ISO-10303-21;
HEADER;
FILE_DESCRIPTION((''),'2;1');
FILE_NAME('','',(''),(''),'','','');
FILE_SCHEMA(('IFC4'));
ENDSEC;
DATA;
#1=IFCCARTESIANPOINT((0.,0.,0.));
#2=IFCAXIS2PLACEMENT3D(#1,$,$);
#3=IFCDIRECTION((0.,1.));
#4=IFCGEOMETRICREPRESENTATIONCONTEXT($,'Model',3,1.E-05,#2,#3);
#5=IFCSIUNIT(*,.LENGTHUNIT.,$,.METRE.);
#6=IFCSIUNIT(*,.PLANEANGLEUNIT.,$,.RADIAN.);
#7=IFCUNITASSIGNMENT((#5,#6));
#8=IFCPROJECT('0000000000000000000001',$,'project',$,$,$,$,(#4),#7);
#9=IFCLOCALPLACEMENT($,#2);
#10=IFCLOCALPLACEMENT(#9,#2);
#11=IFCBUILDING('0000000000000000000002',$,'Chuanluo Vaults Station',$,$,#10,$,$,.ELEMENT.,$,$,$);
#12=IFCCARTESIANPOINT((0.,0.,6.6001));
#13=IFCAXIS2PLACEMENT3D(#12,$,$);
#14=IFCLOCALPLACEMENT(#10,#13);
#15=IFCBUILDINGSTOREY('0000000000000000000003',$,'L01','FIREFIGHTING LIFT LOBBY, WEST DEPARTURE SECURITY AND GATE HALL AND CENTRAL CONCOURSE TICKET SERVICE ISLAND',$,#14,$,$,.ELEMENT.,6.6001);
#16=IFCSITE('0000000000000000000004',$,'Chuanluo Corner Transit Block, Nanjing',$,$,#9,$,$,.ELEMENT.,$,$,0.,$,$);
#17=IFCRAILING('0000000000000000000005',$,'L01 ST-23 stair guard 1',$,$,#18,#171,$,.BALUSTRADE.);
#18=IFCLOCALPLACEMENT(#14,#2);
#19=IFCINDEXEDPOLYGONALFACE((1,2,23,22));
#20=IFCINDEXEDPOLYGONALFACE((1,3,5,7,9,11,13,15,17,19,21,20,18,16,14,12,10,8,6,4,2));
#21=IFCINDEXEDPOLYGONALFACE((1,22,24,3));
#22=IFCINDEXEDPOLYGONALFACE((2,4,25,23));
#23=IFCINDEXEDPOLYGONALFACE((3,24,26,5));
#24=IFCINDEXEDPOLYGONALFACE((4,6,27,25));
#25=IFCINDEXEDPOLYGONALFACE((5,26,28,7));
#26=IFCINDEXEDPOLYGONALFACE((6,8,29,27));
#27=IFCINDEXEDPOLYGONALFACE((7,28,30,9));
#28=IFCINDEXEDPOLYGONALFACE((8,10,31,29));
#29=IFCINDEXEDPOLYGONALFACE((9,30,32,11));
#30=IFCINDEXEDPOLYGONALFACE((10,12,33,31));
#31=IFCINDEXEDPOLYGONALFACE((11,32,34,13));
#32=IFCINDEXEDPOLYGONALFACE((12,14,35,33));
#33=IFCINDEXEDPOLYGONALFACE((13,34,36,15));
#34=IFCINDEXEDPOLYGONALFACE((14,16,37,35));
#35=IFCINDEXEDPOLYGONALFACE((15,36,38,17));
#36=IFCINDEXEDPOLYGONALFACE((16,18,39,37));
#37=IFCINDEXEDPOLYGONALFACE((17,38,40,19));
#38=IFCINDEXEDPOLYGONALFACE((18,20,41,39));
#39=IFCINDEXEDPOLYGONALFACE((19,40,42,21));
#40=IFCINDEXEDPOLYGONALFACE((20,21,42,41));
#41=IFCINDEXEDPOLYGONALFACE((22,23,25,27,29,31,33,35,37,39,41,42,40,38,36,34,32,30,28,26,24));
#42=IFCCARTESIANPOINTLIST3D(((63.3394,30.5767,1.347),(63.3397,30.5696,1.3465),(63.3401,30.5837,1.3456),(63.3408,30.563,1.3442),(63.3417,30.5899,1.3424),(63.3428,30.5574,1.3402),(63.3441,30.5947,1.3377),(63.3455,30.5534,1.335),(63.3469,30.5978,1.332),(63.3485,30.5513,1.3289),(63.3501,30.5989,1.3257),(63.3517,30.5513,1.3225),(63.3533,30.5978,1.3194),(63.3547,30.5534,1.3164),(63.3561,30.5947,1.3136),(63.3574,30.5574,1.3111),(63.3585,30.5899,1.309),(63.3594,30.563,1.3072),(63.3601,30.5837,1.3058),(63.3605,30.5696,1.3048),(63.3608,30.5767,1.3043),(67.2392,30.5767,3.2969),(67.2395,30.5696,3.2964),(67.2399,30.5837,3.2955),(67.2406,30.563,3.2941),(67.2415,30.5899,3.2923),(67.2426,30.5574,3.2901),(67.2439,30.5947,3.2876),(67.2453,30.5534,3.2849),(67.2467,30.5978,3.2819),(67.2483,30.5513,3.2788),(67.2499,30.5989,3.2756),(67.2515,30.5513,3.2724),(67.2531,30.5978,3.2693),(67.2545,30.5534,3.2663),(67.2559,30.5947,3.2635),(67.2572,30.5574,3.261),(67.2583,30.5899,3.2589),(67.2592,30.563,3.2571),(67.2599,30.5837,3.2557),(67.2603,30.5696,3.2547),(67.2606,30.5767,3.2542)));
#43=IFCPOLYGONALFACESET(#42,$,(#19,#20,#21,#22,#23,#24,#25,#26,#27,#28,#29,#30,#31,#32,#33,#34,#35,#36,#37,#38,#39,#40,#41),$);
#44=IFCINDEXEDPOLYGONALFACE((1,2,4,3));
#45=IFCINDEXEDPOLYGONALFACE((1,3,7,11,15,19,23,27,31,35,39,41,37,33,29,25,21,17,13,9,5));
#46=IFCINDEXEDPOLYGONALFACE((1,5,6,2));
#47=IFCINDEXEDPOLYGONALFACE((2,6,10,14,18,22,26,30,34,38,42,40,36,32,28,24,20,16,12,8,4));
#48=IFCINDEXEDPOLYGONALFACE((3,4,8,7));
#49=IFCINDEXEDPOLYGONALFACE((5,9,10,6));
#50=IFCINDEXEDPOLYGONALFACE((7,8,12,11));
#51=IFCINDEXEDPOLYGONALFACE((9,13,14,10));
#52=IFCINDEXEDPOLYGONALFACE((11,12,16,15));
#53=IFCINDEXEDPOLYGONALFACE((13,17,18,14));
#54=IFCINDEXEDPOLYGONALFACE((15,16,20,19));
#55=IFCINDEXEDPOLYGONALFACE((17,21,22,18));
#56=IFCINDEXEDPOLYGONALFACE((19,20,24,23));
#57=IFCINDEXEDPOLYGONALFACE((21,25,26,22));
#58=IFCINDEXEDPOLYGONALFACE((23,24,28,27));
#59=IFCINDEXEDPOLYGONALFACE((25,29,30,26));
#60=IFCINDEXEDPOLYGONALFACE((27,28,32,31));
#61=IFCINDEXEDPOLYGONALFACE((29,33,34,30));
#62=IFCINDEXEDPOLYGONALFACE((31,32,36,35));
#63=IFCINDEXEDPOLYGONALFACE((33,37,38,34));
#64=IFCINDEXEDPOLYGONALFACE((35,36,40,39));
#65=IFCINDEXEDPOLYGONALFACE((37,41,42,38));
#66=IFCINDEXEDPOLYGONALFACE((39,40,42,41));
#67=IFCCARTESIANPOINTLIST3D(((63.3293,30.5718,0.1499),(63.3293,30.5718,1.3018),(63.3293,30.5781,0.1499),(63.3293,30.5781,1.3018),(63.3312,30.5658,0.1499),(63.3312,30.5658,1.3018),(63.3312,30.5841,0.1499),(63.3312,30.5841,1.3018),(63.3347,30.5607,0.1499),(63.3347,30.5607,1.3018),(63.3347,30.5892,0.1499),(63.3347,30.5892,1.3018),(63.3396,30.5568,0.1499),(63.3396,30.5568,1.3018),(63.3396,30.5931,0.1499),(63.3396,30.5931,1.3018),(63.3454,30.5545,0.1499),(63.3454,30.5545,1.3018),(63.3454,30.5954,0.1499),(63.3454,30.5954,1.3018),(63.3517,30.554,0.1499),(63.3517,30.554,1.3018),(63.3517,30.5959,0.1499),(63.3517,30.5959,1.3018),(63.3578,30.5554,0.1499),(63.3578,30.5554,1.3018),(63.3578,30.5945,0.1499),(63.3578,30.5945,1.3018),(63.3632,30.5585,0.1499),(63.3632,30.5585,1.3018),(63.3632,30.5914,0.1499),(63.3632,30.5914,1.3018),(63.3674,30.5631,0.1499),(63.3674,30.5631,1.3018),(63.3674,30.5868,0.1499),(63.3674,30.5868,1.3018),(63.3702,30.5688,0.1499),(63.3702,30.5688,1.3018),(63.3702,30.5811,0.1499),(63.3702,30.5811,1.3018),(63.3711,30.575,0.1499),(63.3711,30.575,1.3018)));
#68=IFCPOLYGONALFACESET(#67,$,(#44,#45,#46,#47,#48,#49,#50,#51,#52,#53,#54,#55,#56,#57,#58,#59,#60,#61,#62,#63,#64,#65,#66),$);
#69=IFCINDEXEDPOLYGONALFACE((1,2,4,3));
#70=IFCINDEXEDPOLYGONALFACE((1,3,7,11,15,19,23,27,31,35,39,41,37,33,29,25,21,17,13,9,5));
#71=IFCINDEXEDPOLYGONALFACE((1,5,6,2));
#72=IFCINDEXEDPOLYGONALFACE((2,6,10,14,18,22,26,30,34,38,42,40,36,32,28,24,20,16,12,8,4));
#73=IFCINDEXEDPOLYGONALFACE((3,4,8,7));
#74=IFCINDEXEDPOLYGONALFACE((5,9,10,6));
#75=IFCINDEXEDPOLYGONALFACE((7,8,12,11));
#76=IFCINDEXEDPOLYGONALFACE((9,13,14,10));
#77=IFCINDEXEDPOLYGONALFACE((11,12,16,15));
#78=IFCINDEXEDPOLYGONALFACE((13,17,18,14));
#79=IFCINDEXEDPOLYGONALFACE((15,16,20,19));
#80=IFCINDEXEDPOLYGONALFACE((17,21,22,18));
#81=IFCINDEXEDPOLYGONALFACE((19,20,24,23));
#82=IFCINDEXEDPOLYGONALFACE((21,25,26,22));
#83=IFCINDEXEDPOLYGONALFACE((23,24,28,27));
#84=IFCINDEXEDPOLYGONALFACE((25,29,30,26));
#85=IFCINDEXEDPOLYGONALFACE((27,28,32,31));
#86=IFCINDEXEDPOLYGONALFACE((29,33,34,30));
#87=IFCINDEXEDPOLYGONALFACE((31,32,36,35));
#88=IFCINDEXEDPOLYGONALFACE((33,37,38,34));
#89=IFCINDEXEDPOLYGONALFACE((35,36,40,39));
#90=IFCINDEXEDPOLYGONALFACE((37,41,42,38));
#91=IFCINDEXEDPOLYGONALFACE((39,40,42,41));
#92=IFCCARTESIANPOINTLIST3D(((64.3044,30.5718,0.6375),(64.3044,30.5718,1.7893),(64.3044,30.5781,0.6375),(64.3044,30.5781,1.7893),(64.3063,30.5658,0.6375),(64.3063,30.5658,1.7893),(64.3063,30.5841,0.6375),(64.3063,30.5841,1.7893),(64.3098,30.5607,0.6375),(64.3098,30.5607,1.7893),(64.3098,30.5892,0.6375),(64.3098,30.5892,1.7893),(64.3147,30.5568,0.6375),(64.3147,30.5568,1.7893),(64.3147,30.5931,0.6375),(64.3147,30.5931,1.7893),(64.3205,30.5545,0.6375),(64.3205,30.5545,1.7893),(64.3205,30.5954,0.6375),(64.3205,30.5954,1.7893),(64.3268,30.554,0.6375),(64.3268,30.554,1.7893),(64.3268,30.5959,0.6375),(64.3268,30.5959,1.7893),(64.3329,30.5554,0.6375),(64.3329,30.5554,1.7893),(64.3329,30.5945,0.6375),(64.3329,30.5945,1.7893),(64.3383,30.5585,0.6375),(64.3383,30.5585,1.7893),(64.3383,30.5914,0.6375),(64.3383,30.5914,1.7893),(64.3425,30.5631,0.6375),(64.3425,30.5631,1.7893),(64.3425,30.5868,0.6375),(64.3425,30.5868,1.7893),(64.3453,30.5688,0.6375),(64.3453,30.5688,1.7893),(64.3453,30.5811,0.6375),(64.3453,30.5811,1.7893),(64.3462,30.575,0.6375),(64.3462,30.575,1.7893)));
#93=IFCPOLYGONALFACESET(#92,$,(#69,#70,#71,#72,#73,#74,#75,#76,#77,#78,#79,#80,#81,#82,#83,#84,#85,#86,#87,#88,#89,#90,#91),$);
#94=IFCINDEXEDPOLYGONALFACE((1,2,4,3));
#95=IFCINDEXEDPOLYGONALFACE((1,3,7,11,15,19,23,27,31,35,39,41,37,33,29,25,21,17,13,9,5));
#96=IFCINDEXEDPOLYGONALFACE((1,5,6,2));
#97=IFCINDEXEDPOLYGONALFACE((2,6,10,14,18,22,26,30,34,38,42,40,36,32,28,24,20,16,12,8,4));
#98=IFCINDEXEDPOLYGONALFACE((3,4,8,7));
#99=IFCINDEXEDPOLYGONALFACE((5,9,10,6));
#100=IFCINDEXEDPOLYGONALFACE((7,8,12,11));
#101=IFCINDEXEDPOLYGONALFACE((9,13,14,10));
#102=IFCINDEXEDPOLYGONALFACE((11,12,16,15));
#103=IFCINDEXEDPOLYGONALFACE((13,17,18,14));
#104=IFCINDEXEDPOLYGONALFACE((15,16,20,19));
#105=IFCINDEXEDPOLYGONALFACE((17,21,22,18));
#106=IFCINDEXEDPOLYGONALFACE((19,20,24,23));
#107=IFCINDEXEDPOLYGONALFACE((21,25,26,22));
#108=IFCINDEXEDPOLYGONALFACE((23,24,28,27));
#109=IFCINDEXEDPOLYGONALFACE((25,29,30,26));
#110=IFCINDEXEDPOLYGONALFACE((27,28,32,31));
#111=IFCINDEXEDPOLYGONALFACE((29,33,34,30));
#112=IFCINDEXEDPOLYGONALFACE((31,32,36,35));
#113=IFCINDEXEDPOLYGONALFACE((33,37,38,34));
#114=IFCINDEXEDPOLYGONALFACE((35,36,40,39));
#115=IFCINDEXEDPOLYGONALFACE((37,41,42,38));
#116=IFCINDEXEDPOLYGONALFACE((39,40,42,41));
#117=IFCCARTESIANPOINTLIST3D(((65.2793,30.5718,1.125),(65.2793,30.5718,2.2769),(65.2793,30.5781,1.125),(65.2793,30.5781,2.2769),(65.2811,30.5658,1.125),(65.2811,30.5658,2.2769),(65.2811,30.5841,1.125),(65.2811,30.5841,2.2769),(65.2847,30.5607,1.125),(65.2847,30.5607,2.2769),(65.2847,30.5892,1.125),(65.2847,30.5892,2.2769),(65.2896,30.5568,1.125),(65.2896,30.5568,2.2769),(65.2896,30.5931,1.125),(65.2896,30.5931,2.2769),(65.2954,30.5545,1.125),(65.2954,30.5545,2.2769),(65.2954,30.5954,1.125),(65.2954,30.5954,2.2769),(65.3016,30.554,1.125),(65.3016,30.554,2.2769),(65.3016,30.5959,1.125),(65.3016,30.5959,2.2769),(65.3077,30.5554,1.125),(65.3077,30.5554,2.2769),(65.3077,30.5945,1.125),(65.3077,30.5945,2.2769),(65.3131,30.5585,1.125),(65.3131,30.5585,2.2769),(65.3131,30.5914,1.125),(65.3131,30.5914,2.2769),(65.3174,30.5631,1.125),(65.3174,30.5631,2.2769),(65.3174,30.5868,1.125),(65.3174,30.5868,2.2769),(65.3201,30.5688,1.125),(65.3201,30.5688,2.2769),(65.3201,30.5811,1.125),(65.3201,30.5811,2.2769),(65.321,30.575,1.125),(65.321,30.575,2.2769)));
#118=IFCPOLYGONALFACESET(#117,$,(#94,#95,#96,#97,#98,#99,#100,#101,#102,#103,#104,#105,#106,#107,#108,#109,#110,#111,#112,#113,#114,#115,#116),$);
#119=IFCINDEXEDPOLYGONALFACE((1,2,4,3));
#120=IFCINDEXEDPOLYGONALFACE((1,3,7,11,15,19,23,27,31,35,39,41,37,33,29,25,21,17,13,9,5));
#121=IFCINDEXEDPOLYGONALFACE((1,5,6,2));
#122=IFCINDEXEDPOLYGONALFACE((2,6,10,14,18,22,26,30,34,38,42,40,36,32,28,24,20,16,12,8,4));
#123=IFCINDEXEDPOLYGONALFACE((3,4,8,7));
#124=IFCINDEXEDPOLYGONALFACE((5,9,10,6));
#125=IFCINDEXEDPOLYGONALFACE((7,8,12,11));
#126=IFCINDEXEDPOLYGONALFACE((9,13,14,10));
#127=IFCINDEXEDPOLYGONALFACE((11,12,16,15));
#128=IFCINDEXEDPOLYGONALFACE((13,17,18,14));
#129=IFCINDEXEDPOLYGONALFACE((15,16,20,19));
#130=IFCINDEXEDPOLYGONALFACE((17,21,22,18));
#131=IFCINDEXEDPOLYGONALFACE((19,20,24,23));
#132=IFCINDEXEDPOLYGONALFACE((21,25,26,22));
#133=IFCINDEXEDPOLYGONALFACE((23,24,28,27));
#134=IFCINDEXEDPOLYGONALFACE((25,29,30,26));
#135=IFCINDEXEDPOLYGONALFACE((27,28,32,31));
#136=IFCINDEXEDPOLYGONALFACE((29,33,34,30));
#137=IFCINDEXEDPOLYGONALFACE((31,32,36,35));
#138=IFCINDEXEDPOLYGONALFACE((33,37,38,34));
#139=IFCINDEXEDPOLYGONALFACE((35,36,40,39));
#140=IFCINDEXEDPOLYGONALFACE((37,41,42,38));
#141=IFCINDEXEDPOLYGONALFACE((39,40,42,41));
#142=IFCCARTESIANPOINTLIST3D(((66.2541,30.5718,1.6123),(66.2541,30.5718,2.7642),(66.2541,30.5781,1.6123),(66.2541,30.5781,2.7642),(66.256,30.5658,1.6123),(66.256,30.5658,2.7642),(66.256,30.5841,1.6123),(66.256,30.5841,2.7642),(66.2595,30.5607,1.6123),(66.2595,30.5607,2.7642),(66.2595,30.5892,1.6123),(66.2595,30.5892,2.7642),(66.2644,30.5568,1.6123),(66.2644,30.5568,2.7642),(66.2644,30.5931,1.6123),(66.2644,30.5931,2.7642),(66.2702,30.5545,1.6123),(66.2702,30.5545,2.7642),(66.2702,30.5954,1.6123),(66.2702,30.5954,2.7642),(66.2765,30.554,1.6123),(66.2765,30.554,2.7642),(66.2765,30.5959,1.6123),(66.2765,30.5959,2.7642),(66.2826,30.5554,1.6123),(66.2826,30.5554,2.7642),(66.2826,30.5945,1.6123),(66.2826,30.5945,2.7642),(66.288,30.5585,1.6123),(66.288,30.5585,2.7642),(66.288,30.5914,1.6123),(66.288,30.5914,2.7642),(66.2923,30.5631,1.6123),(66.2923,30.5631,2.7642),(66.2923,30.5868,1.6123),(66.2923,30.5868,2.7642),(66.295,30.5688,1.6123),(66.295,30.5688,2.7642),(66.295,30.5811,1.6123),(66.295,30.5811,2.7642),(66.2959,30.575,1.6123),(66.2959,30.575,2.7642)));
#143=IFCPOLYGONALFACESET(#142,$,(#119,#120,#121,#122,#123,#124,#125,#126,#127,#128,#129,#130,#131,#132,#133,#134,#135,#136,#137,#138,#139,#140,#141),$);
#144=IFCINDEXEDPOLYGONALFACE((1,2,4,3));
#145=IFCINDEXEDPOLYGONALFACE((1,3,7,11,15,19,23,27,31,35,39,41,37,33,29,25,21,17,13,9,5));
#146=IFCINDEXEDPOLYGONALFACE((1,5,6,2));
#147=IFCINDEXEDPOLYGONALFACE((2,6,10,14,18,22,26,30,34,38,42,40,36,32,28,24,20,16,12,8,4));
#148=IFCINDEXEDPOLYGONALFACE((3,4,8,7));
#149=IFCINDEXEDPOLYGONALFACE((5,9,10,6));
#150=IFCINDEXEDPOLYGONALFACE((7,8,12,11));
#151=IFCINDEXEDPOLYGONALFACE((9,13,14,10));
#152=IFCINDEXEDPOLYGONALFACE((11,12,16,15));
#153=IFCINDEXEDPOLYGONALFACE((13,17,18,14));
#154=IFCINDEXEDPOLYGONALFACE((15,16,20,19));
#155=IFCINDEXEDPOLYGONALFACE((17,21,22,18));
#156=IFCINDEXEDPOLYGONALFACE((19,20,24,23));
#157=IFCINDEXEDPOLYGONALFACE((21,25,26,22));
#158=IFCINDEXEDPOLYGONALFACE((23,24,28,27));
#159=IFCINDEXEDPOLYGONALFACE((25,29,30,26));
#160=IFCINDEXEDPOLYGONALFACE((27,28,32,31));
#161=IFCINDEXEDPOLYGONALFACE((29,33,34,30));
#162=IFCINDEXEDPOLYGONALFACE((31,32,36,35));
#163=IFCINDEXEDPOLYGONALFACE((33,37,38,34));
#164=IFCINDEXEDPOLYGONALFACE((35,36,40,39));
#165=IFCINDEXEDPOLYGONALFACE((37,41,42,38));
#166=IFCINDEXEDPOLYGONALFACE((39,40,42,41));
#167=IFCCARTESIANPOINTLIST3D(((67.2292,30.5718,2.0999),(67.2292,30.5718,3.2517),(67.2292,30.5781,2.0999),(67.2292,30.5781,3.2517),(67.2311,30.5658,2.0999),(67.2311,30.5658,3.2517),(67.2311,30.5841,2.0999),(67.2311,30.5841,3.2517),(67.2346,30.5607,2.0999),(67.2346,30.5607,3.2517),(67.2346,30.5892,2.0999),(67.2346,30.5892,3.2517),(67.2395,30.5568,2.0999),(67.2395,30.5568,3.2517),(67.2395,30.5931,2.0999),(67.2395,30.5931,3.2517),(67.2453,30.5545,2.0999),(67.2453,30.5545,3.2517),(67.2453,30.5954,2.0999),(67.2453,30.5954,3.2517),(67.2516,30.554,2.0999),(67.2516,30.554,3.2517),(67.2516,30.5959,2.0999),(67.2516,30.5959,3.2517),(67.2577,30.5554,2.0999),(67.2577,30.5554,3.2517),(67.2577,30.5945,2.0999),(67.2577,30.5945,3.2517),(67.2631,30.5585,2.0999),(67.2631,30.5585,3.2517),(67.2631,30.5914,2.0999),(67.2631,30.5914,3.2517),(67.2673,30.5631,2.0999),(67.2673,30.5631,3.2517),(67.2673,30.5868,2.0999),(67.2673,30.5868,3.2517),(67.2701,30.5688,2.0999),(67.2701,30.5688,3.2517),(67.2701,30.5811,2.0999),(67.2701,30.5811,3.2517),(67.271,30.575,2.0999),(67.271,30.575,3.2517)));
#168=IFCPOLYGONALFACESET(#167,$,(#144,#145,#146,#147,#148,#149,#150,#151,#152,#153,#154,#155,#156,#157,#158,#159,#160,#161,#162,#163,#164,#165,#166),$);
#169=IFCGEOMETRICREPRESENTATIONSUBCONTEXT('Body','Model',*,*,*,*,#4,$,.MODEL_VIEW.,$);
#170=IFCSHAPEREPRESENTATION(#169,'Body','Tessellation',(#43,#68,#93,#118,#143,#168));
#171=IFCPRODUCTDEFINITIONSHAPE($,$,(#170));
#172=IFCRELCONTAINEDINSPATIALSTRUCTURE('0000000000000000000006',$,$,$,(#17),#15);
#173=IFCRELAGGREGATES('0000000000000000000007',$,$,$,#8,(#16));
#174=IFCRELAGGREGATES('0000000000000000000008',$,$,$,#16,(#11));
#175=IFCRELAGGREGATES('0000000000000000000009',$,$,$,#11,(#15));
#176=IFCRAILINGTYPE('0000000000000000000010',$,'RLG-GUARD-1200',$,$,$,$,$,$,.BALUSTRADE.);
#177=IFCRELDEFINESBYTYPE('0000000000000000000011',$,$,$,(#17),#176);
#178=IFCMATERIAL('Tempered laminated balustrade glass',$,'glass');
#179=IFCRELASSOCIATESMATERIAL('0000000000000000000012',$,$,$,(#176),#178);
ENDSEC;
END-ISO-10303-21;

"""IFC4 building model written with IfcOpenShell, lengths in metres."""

from ifc_helpers import new_model, si_unit, direction, frame, origin, origin_2d, place, context, subcontext, project, spatial, circle, extrude, material, type_object, element, save


model = new_model("IFC4")

# Units and contexts
model_context = context("Model", 3, precision=1e-05, world=origin(), true_north=direction((0.0, 1.0)))
body_context = subcontext(model_context, "Body", "Model", "MODEL_VIEW")
ifc_project = project(units=[si_unit("LENGTHUNIT", "METRE"), si_unit("PLANEANGLEUNIT", "RADIAN")], contexts=[model_context])

# Site, building, storey
site_placement = place(None, origin())
site = spatial("IfcSite", under=ifc_project, at=site_placement, Name="Chuanluo Corner Transit Block, Nanjing", CompositionType="ELEMENT", RefElevation=0.0)
building_placement = place(site_placement, origin())
building = spatial("IfcBuilding", under=site, at=building_placement, Name="Chuanluo Vaults Station", CompositionType="ELEMENT")
storey_placement = place(building_placement, frame((0.0, 0.0, 6.6001)))
storey = spatial("IfcBuildingStorey", under=building, at=storey_placement, Name="L01", Description="FIREFIGHTING LIFT LOBBY, WEST DEPARTURE SECURITY AND GATE HALL AND CENTRAL CONCOURSE TICKET SERVICE ISLAND", CompositionType="ELEMENT", Elevation=6.6001)

# Railing
ifc_material_1 = material(Name="Tempered laminated balustrade glass", Category="glass")
railing_type = type_object("IfcRailingType", Name="RLG-GUARD-1200", PredefinedType="BALUSTRADE", material=ifc_material_1)
railing_1_placement = place(storey_placement, frame((63.3501, 30.575, 0.1499)))
element("IfcRailing", 1, at=railing_1_placement, inside=storey, type_object=railing_type, Name="L01 ST-23 stair guard 1", PredefinedType="BALUSTRADE", context=body_context, shape_type="SweptSolid", body=[
    extrude(circle(Radius=0.0239, at=origin_2d()), frame((0.0, 0.0, 1.1758), z_axis=(0.894427, 0.0, 0.447214), x_axis=(0.0, 1.0, 0.0)), (0.0, 0.0, 1.0), 4.3601),
    extrude(circle(Radius=0.021, at=origin_2d()), origin(), (0.0, 0.0, 1.0), 1.1519),
    extrude(circle(Radius=0.021, at=origin_2d()), frame((0.9751, 0.0, 0.4875)), (0.0, 0.0, 1.0), 1.1519),
    extrude(circle(Radius=0.021, at=origin_2d()), frame((1.95, 0.0, 0.9751)), (0.0, 0.0, 1.0), 1.1519),
    extrude(circle(Radius=0.021, at=origin_2d()), frame((2.9248, 0.0, 1.4624)), (0.0, 0.0, 1.0), 1.1519),
    extrude(circle(Radius=0.021, at=origin_2d()), frame((3.8999, 0.0, 1.95)), (0.0, 0.0, 1.0), 1.1519),
])

save(model, "model.ifc")
